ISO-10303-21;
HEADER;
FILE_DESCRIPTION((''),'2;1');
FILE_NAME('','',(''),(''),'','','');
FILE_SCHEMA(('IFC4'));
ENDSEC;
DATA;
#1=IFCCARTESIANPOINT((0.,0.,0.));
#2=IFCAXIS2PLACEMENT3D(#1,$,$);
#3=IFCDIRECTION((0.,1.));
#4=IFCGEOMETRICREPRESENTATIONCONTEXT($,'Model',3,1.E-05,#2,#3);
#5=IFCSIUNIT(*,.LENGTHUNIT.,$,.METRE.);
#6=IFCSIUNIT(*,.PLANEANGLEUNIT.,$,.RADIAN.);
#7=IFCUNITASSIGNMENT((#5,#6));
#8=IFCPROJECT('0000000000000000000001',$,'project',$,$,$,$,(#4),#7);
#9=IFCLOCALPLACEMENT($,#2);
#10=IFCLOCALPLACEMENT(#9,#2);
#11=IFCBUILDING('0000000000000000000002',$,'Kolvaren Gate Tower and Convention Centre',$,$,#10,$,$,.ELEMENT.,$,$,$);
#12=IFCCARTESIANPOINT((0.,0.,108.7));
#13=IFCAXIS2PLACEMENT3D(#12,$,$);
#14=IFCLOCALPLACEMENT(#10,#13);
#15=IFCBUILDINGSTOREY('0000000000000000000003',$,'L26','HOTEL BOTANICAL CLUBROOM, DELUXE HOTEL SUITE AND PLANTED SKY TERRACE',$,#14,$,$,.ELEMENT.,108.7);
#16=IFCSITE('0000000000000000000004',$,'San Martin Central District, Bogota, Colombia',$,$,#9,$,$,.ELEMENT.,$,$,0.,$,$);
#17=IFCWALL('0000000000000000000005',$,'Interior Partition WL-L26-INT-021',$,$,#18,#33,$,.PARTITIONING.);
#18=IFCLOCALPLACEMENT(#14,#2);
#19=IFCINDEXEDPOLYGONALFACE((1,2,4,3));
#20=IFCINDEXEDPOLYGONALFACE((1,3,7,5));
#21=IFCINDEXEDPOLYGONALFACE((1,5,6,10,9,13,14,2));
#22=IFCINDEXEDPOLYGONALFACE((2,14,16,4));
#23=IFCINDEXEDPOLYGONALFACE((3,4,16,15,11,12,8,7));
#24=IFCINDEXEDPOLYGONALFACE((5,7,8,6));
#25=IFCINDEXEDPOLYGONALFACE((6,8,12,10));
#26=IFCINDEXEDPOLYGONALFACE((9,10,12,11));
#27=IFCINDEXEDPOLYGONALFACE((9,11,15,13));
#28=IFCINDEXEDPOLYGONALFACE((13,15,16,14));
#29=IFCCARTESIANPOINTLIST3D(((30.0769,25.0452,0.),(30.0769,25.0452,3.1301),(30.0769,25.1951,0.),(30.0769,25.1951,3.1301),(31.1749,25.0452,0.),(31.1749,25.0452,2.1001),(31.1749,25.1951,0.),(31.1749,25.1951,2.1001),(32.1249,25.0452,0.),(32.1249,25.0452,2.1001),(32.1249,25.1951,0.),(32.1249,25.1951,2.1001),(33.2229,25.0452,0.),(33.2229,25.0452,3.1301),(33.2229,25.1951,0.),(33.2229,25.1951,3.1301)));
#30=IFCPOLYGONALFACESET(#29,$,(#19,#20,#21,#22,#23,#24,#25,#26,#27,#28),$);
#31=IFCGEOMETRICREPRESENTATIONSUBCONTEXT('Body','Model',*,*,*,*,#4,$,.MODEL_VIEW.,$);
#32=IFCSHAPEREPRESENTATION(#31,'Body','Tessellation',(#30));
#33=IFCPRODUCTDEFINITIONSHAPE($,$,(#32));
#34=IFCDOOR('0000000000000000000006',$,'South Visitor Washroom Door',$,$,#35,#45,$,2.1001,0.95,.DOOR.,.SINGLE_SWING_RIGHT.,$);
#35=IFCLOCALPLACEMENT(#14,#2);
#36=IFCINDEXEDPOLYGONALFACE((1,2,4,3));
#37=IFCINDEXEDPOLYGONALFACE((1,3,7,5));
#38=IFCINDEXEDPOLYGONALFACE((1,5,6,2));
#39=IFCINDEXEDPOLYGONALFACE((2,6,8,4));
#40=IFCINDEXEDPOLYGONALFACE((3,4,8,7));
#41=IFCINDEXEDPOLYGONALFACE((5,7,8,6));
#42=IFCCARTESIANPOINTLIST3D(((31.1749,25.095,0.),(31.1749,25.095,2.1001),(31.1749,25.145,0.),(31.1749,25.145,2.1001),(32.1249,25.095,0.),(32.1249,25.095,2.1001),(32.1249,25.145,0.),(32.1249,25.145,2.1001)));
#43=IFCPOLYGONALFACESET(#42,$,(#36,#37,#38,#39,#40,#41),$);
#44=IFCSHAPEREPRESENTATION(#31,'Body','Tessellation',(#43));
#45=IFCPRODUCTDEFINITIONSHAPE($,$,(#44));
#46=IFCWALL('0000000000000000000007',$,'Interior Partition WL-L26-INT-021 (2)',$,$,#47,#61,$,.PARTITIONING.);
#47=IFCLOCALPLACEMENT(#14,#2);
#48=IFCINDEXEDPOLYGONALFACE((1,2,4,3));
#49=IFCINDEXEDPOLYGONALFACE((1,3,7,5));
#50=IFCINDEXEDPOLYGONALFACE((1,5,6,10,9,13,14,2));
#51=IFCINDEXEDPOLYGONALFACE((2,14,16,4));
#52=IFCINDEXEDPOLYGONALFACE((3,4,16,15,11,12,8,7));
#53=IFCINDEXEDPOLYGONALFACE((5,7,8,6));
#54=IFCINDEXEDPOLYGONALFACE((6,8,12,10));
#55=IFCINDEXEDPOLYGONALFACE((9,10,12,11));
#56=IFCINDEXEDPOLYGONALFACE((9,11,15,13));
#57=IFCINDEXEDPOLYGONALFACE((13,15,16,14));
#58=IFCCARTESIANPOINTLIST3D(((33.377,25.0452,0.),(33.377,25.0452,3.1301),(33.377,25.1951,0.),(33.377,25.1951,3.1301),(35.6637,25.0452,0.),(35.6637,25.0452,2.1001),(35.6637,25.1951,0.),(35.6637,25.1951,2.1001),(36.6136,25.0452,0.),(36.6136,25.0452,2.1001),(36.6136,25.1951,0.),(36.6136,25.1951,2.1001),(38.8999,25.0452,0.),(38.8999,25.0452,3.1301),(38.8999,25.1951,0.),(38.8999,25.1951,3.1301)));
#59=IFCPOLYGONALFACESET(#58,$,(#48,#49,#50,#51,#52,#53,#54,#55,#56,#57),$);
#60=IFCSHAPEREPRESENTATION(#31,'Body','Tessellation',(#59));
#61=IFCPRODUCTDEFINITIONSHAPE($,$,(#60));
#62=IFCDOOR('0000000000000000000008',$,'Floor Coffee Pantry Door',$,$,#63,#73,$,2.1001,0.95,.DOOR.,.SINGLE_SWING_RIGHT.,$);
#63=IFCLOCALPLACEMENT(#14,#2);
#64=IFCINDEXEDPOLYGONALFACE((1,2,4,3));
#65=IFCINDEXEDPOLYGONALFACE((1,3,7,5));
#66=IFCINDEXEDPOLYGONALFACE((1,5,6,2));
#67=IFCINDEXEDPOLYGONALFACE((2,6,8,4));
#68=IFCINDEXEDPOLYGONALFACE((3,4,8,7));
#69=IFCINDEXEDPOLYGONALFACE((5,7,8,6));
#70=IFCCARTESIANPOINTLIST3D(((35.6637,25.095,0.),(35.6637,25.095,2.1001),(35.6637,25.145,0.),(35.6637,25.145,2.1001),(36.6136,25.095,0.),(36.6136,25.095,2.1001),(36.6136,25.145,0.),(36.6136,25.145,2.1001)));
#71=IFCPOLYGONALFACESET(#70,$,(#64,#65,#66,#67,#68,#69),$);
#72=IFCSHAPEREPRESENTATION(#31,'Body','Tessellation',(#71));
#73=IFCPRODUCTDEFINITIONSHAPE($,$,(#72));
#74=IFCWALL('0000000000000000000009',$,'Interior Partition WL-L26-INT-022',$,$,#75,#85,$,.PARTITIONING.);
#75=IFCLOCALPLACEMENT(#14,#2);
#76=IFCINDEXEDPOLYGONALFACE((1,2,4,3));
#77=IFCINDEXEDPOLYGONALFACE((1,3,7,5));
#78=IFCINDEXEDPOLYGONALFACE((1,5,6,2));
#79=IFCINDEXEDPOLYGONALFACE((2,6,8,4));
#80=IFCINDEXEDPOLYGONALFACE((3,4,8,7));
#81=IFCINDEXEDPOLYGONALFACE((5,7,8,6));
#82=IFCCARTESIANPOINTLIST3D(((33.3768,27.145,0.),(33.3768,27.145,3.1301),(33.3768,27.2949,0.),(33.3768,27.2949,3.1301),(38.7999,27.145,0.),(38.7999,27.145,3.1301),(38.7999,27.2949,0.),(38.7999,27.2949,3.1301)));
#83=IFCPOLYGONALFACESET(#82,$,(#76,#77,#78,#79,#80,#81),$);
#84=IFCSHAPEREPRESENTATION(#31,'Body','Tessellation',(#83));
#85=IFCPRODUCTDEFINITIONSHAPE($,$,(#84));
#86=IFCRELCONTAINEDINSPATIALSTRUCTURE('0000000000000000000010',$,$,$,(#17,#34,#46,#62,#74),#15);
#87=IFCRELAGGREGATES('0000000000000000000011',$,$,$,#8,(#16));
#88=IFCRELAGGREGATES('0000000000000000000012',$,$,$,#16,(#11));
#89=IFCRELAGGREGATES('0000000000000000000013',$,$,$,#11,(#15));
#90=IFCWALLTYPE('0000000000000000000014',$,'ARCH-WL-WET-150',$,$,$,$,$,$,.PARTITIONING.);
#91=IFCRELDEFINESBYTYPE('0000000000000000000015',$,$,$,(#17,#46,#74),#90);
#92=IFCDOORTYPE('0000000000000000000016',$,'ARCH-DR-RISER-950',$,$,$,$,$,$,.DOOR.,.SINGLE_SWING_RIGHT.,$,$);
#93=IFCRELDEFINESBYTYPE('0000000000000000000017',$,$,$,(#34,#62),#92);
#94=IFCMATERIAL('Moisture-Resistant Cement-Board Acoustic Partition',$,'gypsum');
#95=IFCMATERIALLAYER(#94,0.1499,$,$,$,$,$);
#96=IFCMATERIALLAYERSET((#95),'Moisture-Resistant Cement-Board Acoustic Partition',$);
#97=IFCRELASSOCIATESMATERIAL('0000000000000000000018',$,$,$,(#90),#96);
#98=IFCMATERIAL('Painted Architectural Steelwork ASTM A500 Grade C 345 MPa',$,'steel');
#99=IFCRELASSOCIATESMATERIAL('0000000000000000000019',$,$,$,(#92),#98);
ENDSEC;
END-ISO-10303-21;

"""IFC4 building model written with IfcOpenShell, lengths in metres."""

from ifc_helpers import new_model, si_unit, direction, frame, frame_2d, origin, place, context, subcontext, project, spatial, rectangle, extrude, material, layer, layer_set, type_object, element, fill, save


model = new_model("IFC4")

# Units and contexts
model_context = context("Model", 3, precision=1e-05, world=origin(), true_north=direction((0.0, 1.0)))
body_context = subcontext(model_context, "Body", "Model", "MODEL_VIEW")
ifc_project = project(units=[si_unit("LENGTHUNIT", "METRE"), si_unit("PLANEANGLEUNIT", "RADIAN")], contexts=[model_context])

# Site, building, storey
site_placement = place(None, origin())
site = spatial("IfcSite", under=ifc_project, at=site_placement, Name="San Martin Central District, Bogota, Colombia", CompositionType="ELEMENT", RefElevation=0.0)
building_placement = place(site_placement, origin())
building = spatial("IfcBuilding", under=site, at=building_placement, Name="Kolvaren Gate Tower and Convention Centre", CompositionType="ELEMENT")
storey_placement = place(building_placement, frame((0.0, 0.0, 108.7)))
storey = spatial("IfcBuildingStorey", under=building, at=storey_placement, Name="L26", Description="HOTEL BOTANICAL CLUBROOM, DELUXE HOTEL SUITE AND PLANTED SKY TERRACE", CompositionType="ELEMENT", Elevation=108.7)

# Shared definitions
ifc_material_1 = material(Name="Moisture-Resistant Cement-Board Acoustic Partition", Category="gypsum")
ifc_layer_1 = layer(ifc_material_1, 0.1499)
ifc_layer_set_1 = layer_set([ifc_layer_1], Name="Moisture-Resistant Cement-Board Acoustic Partition")
wall_type_1 = type_object("IfcWallType", Name="ARCH-WL-WET-150", PredefinedType="PARTITIONING", material=ifc_layer_set_1)

# Walls, openings, doors
wall_1_placement = place(storey_placement, frame((30.0769, 25.1201, 0.0), z_axis=(0.0, 0.0, 1.0), x_axis=(1.0, 0.0, 0.0)))
wall_1 = element("IfcWall", 1, at=wall_1_placement, inside=storey, type_object=wall_type_1, Name="Interior Partition WL-L26-INT-021", PredefinedType="PARTITIONING", context=body_context, shape_type="SweptSolid", body=[
    extrude(rectangle(XDim=3.146, YDim=0.1499, at=frame_2d((1.573, 0.0))), origin(), (0.0, 0.0, 1.0), 3.1301),
])
opening_1_placement = place(wall_1_placement, frame((1.0979, 0.0, 0.0)))
opening_1 = element("IfcOpeningElement", 2, at=opening_1_placement, cuts=wall_1, PredefinedType="OPENING", context=body_context, shape_type="SweptSolid", body=[
    extrude(rectangle(XDim=0.95, YDim=2.1001, at=frame_2d((0.4751, 1.05))), frame((0.0, 0.085, 0.0), z_axis=(0.0, -1.0, 0.0), x_axis=(1.0, 0.0, 0.0)), (0.0, 0.0, 1.0), 0.1699),
])
ifc_material_2 = material(Name="Painted Architectural Steelwork ASTM A500 Grade C 345 MPa", Category="steel")
door_type_1 = type_object("IfcDoorType", Name="ARCH-DR-RISER-950", OperationType="SINGLE_SWING_RIGHT", PredefinedType="DOOR", material=ifc_material_2)
door_1_placement = place(opening_1_placement, origin())
door_1 = element("IfcDoor", 3, at=door_1_placement, inside=storey, type_object=door_type_1, Name="South Visitor Washroom Door", OperationType="SINGLE_SWING_RIGHT", OverallHeight=2.1001, OverallWidth=0.95, PredefinedType="DOOR", context=body_context, shape_type="SweptSolid", body=[
    extrude(rectangle(XDim=0.95, YDim=2.1001, at=frame_2d((0.4751, 1.05))), frame((0.0, 0.0249, 0.0), z_axis=(0.0, -1.0, 0.0), x_axis=(1.0, 0.0, 0.0)), (0.0, 0.0, 1.0), 0.05),
])
fill(opening_1, door_1)
wall_2_placement = place(storey_placement, frame((33.377, 25.1201, 0.0), z_axis=(0.0, 0.0, 1.0), x_axis=(1.0, 0.0, 0.0)))
wall_2 = element("IfcWall", 4, at=wall_2_placement, inside=storey, type_object=wall_type_1, Name="Interior Partition WL-L26-INT-021 (2)", PredefinedType="PARTITIONING", context=body_context, shape_type="SweptSolid", body=[
    extrude(rectangle(XDim=5.5229, YDim=0.1499, at=frame_2d((2.7615, 0.0))), origin(), (0.0, 0.0, 1.0), 3.1301),
])
opening_2_placement = place(wall_2_placement, frame((2.2866, 0.0, 0.0)))
opening_2 = element("IfcOpeningElement", 5, at=opening_2_placement, cuts=wall_2, PredefinedType="OPENING", context=body_context, shape_type="SweptSolid", body=[
    extrude(rectangle(XDim=0.95, YDim=2.1001, at=frame_2d((0.4751, 1.05))), frame((0.0, 0.085, 0.0), z_axis=(0.0, -1.0, 0.0), x_axis=(1.0, 0.0, 0.0)), (0.0, 0.0, 1.0), 0.1699),
])
door_2_placement = place(opening_2_placement, origin())
door_2 = element("IfcDoor", 6, at=door_2_placement, inside=storey, type_object=door_type_1, Name="Floor Coffee Pantry Door", OperationType="SINGLE_SWING_RIGHT", OverallHeight=2.1001, OverallWidth=0.95, PredefinedType="DOOR", context=body_context, shape_type="SweptSolid", body=[
    extrude(rectangle(XDim=0.95, YDim=2.1001, at=frame_2d((0.4751, 1.05))), frame((0.0, 0.0249, 0.0), z_axis=(0.0, -1.0, 0.0), x_axis=(1.0, 0.0, 0.0)), (0.0, 0.0, 1.0), 0.05),
])
fill(opening_2, door_2)

# Wall
wall_3_placement = place(storey_placement, frame((33.377, 27.22, 0.0), z_axis=(0.0, 0.0, 1.0), x_axis=(1.0, 0.0, 0.0)))
element("IfcWall", 7, at=wall_3_placement, inside=storey, type_object=wall_type_1, Name="Interior Partition WL-L26-INT-022", PredefinedType="PARTITIONING", context=body_context, shape_type="SweptSolid", body=[
    extrude(rectangle(XDim=5.4231, YDim=0.1499, at=frame_2d((2.7114, 0.0))), origin(), (0.0, 0.0, 1.0), 3.1301),
])

save(model, "model.ifc")
